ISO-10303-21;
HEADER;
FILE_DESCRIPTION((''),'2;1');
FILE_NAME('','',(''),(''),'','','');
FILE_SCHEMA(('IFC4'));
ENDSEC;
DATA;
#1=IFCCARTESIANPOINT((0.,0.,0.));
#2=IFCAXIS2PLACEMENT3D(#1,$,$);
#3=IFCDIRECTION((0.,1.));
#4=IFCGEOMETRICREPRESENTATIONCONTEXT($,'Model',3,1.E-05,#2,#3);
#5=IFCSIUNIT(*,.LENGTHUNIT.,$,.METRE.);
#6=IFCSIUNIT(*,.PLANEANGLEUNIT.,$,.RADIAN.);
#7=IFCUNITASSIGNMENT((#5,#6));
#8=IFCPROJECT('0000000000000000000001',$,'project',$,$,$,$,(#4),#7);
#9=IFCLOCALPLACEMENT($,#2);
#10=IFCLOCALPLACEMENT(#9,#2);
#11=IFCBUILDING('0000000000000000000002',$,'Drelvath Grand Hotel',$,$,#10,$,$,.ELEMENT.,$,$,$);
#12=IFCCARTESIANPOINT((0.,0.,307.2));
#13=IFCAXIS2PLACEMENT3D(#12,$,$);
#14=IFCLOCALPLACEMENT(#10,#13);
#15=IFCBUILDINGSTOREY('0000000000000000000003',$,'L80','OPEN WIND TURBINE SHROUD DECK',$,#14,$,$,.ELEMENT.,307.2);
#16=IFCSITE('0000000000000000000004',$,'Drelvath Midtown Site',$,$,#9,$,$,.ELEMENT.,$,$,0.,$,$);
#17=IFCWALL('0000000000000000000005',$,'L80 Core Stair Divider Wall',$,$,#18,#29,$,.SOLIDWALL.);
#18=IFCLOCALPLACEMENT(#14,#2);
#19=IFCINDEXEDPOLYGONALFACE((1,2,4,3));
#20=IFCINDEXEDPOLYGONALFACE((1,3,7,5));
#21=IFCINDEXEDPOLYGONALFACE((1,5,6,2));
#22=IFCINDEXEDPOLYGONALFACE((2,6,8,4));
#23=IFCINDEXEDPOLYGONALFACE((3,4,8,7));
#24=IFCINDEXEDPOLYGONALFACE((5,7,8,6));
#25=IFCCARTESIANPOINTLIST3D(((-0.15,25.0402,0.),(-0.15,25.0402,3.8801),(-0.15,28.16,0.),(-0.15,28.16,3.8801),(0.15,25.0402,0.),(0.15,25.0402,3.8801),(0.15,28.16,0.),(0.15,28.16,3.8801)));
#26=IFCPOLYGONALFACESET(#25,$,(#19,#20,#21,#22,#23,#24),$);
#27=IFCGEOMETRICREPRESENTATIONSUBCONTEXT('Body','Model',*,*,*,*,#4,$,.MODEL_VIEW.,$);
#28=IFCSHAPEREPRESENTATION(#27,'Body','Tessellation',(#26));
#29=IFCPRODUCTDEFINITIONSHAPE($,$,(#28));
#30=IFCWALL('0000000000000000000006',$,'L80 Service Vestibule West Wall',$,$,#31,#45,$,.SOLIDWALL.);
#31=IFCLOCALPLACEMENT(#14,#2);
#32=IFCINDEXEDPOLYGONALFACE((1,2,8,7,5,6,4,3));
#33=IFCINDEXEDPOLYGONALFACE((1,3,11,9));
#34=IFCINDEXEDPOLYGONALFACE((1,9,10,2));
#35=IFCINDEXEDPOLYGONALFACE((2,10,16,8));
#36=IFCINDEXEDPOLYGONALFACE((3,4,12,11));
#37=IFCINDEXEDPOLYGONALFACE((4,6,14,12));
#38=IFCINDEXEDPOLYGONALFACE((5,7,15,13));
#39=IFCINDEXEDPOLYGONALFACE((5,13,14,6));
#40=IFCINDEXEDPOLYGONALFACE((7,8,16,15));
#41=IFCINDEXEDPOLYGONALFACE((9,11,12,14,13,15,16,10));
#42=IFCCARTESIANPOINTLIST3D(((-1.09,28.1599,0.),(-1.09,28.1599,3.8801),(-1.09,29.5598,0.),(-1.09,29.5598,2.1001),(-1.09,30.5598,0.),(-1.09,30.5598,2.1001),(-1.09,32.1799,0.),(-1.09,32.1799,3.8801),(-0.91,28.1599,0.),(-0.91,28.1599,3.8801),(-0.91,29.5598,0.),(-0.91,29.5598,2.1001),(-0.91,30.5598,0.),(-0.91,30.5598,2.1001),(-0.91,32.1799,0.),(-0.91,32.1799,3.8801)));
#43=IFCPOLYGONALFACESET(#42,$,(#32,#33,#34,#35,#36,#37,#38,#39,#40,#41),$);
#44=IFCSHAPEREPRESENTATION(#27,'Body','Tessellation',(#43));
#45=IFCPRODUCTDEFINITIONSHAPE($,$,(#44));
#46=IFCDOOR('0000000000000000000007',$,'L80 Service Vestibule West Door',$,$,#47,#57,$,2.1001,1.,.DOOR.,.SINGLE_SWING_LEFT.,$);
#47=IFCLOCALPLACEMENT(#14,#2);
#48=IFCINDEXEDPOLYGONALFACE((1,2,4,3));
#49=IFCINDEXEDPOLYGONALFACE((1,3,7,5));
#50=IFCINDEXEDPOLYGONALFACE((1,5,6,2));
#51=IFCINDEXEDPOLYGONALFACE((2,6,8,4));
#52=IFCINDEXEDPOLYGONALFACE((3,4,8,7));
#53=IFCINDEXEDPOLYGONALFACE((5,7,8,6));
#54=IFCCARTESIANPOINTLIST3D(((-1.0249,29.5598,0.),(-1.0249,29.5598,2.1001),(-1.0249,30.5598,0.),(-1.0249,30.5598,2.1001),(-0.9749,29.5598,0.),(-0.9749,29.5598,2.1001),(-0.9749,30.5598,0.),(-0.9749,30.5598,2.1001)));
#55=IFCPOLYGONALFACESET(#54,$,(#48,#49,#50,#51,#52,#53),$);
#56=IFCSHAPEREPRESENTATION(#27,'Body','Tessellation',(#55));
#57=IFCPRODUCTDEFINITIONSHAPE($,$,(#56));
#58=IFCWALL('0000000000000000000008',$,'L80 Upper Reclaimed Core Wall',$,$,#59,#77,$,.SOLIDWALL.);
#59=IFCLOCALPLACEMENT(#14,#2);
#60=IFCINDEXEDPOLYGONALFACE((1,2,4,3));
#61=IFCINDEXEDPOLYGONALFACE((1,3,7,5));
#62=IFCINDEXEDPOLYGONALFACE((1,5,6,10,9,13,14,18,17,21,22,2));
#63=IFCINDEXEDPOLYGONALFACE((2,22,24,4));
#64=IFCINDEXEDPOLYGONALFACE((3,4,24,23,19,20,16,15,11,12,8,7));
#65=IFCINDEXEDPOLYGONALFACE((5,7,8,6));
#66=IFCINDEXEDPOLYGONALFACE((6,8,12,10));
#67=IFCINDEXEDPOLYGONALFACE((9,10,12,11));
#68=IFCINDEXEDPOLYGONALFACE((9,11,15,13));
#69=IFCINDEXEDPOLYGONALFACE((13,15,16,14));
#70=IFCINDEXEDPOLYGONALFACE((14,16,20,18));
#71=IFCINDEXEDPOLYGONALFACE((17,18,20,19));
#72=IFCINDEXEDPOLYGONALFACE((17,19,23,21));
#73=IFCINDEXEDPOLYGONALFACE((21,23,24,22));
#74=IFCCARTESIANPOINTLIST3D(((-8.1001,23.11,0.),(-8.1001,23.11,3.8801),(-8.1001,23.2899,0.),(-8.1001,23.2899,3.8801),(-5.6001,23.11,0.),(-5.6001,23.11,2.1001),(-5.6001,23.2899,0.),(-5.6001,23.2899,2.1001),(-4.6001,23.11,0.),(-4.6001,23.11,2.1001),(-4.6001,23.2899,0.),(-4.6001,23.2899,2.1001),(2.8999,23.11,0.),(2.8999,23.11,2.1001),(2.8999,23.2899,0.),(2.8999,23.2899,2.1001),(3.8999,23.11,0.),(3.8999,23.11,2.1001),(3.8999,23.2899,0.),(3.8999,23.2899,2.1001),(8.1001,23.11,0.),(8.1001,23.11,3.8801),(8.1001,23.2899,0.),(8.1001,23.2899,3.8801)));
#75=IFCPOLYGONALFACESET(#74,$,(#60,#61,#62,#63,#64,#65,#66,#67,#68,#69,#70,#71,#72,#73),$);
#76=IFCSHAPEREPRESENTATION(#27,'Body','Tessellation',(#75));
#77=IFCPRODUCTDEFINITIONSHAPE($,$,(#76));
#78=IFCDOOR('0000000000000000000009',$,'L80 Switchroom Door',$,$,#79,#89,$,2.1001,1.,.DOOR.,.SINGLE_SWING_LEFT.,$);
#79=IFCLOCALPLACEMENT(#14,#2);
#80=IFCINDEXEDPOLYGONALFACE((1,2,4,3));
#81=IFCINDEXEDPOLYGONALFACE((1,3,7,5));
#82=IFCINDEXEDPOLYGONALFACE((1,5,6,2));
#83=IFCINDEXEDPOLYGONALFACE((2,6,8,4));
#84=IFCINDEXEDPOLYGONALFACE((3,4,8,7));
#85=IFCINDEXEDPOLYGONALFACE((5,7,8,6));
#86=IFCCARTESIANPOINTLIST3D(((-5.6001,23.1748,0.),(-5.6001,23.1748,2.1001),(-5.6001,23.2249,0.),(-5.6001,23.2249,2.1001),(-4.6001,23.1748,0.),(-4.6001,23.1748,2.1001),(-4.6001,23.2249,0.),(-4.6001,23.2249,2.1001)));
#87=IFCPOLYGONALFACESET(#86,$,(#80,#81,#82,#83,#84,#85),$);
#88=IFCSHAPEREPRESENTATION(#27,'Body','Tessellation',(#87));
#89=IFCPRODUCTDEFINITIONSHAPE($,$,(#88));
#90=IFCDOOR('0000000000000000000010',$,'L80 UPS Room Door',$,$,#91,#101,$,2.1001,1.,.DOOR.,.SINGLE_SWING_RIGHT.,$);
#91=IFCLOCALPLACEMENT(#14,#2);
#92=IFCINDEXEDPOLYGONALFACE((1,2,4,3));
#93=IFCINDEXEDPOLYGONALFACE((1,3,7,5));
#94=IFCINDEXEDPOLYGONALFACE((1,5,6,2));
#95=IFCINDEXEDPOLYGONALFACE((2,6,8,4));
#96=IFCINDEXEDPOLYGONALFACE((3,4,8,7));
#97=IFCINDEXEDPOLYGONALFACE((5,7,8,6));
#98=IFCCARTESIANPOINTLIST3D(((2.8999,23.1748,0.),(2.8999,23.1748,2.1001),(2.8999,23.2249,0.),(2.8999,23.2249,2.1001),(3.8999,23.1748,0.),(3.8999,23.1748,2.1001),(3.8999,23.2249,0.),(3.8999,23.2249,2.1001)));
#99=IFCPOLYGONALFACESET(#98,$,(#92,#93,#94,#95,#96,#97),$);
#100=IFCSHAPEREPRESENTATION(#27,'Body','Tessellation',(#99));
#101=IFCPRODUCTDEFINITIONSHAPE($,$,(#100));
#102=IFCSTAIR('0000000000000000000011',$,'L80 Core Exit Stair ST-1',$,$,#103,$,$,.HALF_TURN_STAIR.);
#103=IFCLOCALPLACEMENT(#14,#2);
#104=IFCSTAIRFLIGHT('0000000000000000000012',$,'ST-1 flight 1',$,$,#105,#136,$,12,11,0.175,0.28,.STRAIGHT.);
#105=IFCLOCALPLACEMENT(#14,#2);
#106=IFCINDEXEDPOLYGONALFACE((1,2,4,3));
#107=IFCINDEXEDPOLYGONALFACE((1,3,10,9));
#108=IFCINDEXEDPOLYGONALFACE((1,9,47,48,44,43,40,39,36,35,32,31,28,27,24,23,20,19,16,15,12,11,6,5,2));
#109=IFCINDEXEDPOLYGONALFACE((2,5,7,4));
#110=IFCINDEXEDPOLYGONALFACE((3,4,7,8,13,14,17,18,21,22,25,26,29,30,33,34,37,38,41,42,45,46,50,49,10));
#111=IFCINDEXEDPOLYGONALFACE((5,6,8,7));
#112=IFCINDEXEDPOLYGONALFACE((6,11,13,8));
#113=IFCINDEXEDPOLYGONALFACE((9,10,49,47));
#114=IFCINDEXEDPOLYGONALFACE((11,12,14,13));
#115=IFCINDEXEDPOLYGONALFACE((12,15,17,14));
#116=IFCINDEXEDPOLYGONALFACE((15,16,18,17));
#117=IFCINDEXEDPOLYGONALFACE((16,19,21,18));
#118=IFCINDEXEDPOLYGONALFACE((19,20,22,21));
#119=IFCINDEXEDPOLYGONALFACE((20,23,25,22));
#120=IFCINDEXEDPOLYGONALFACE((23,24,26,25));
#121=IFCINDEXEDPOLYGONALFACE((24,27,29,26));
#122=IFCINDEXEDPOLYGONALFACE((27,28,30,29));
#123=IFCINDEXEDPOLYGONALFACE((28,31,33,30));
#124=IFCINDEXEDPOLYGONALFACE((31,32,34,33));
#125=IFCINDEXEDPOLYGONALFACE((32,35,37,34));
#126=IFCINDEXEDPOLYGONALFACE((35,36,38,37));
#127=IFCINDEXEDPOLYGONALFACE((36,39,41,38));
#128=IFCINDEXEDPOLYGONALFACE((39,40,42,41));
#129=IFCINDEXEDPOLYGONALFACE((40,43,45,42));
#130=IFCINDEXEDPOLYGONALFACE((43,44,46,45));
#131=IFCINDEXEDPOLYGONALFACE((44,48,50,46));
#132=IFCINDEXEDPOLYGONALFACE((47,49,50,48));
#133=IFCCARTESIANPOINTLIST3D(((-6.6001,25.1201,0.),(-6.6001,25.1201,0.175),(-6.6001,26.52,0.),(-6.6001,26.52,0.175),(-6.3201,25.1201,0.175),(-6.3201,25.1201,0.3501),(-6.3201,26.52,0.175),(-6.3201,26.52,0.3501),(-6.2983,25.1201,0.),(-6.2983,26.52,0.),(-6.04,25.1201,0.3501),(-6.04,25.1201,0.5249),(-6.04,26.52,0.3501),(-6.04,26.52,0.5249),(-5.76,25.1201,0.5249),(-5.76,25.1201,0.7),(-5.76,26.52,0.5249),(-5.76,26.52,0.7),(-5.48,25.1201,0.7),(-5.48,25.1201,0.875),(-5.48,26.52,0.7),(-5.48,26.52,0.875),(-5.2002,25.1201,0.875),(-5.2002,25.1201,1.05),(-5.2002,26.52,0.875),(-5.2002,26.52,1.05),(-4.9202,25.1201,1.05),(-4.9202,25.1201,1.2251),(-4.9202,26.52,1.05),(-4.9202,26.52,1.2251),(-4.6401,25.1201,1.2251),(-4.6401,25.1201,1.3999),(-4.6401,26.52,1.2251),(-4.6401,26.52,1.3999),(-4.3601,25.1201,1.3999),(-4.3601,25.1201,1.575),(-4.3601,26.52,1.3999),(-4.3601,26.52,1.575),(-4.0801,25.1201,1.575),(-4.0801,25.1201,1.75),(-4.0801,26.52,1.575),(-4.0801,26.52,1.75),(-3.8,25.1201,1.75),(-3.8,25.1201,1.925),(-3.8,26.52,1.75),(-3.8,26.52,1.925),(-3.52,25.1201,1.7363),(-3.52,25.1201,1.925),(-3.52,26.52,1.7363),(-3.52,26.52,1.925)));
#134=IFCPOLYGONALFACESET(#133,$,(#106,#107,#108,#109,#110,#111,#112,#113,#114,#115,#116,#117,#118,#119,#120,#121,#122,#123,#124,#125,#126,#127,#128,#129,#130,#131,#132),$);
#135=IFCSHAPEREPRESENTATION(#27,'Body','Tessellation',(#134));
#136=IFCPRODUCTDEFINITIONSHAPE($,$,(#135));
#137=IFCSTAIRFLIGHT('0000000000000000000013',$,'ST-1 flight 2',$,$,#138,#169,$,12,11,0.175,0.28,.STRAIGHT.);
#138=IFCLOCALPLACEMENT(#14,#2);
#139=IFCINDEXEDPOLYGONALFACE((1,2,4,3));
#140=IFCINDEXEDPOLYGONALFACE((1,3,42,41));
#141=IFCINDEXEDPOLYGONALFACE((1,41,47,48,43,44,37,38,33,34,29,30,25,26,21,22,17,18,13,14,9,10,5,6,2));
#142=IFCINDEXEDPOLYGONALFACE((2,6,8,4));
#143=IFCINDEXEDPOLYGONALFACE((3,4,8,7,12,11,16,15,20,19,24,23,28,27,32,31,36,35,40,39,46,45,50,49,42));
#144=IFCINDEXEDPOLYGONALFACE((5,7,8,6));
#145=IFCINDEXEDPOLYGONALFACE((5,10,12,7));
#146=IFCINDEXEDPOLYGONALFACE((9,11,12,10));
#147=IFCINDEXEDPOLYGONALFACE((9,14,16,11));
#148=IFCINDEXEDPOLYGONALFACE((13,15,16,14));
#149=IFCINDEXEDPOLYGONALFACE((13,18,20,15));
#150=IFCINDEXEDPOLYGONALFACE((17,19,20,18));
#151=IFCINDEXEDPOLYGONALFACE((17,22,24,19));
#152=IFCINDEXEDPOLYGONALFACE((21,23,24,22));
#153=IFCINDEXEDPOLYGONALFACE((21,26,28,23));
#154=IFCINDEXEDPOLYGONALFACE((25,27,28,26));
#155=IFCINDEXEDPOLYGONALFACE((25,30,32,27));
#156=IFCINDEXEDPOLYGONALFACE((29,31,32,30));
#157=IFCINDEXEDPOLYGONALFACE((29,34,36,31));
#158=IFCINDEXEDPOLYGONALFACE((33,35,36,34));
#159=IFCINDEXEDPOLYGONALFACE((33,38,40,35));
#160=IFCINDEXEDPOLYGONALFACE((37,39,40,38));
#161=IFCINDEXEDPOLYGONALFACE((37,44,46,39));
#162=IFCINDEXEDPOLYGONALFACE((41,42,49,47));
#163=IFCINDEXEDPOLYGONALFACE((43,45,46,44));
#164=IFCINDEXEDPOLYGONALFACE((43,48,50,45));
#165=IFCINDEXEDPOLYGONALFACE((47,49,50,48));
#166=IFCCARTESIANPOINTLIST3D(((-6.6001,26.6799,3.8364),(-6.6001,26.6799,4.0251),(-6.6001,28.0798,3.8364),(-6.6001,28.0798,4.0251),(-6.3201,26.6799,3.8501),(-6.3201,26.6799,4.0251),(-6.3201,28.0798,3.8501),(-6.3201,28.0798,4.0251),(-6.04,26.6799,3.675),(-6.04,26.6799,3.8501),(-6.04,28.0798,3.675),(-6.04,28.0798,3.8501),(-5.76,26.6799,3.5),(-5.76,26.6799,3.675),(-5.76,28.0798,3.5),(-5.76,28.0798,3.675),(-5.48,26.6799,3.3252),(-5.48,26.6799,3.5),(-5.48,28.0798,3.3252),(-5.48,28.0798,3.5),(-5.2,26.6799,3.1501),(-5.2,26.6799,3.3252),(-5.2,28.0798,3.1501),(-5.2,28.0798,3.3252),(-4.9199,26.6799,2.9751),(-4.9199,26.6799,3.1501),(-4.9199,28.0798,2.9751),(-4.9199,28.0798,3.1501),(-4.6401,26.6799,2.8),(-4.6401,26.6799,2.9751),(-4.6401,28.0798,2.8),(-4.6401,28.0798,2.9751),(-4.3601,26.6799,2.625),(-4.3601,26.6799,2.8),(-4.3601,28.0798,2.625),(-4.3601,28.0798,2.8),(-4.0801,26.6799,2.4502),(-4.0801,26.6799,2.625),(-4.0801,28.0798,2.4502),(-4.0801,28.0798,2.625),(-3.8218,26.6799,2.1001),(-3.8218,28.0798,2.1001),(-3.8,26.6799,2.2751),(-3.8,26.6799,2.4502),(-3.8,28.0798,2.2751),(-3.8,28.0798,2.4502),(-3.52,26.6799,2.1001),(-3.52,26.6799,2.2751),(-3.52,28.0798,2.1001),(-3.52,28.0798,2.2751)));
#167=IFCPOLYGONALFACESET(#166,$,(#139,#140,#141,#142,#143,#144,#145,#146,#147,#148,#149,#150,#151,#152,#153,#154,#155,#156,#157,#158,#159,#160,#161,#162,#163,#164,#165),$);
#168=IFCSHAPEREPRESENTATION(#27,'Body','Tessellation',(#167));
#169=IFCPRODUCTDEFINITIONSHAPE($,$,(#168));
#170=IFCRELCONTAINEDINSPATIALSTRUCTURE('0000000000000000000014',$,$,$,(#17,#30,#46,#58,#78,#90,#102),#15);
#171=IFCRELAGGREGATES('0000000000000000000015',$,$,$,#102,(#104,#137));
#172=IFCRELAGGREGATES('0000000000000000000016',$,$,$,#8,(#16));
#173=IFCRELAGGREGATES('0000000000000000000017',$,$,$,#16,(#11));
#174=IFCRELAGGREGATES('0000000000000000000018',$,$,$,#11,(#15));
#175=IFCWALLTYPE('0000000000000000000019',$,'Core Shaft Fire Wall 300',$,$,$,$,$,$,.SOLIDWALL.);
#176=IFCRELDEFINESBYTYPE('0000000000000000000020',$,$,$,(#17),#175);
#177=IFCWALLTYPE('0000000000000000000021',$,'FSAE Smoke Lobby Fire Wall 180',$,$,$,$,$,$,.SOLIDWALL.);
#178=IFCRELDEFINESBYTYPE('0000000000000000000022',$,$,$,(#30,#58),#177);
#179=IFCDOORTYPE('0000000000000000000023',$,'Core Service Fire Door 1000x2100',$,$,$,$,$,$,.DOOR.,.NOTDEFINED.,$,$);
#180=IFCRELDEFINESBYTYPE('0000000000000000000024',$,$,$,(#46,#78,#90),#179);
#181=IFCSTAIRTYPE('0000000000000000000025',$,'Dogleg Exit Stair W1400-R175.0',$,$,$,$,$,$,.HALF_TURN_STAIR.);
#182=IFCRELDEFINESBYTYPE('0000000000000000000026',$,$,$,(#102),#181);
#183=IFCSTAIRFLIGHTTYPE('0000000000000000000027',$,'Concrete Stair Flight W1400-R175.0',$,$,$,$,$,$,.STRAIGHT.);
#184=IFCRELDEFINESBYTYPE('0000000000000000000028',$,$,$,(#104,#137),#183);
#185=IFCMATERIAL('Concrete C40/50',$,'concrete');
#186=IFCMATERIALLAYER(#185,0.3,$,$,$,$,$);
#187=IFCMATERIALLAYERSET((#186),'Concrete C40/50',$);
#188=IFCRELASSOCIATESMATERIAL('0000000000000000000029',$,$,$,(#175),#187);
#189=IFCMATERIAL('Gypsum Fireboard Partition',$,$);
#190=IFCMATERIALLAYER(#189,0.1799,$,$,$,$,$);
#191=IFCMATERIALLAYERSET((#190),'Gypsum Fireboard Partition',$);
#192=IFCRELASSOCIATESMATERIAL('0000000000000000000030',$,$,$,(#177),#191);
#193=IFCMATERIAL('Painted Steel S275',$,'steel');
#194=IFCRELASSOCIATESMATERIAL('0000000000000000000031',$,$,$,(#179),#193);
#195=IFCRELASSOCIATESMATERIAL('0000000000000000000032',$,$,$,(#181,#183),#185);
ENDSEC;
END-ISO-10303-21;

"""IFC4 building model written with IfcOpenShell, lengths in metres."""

from ifc_helpers import new_model, si_unit, direction, frame, frame_2d, origin, place, context, subcontext, project, spatial, polyline, rectangle, outline, extrude, material, layer, layer_set, type_object, element, fill, aggregate, save


model = new_model("IFC4")

# Units and contexts
model_context = context("Model", 3, precision=1e-05, world=origin(), true_north=direction((0.0, 1.0)))
body_context = subcontext(model_context, "Body", "Model", "MODEL_VIEW")
ifc_project = project(units=[si_unit("LENGTHUNIT", "METRE"), si_unit("PLANEANGLEUNIT", "RADIAN")], contexts=[model_context])

# Site, building, storey
site_placement = place(None, origin())
site = spatial("IfcSite", under=ifc_project, at=site_placement, Name="Drelvath Midtown Site", CompositionType="ELEMENT", RefElevation=0.0)
building_placement = place(site_placement, origin())
building = spatial("IfcBuilding", under=site, at=building_placement, Name="Drelvath Grand Hotel", CompositionType="ELEMENT")
storey_placement = place(building_placement, frame((0.0, 0.0, 307.2)))
storey = spatial("IfcBuildingStorey", under=building, at=storey_placement, Name="L80", Description="OPEN WIND TURBINE SHROUD DECK", CompositionType="ELEMENT", Elevation=307.2)

# Shared definitions
ifc_material_1 = material(Name="Concrete C40/50", Category="concrete")

# Shared definitions
ifc_material_2 = material(Name="Painted Steel S275", Category="steel")

# Wall
ifc_layer_1 = layer(ifc_material_1, 0.3)
ifc_layer_set_1 = layer_set([ifc_layer_1], Name="Concrete C40/50")
wall_type_1 = type_object("IfcWallType", Name="Core Shaft Fire Wall 300", PredefinedType="SOLIDWALL", material=ifc_layer_set_1)
wall_1_placement = place(storey_placement, frame((0.0, 25.04, 0.0), z_axis=(0.0, 0.0, 1.0), x_axis=(0.0, 1.0, 0.0)))
element("IfcWall", 1, at=wall_1_placement, inside=storey, type_object=wall_type_1, Name="L80 Core Stair Divider Wall", PredefinedType="SOLIDWALL", context=body_context, shape_type="SweptSolid", body=[
    extrude(rectangle(XDim=3.1199, YDim=0.3, at=frame_2d((1.5601, 0.0))), origin(), (0.0, 0.0, 1.0), 3.8801),
])

# Wall, opening, door
ifc_material_3 = material(Name="Gypsum Fireboard Partition")
ifc_layer_2 = layer(ifc_material_3, 0.1799)
ifc_layer_set_2 = layer_set([ifc_layer_2], Name="Gypsum Fireboard Partition")
wall_type_2 = type_object("IfcWallType", Name="FSAE Smoke Lobby Fire Wall 180", PredefinedType="SOLIDWALL", material=ifc_layer_set_2)
wall_2_placement = place(storey_placement, frame((-1.0, 28.1599, 0.0), z_axis=(0.0, 0.0, 1.0), x_axis=(0.0, 1.0, 0.0)))
wall_2 = element("IfcWall", 2, at=wall_2_placement, inside=storey, type_object=wall_type_2, Name="L80 Service Vestibule West Wall", PredefinedType="SOLIDWALL", context=body_context, shape_type="SweptSolid", body=[
    extrude(rectangle(XDim=4.02, YDim=0.1799, at=frame_2d((2.01, 0.0))), origin(), (0.0, 0.0, 1.0), 3.8801),
])
opening_1_placement = place(wall_2_placement, frame((1.3999, 0.0, 0.0)))
opening_1 = element("IfcOpeningElement", 3, at=opening_1_placement, cuts=wall_2, PredefinedType="OPENING", context=body_context, shape_type="SweptSolid", body=[
    extrude(rectangle(XDim=1.0, YDim=2.1001, at=frame_2d((0.5, 1.05))), frame((0.0, 0.0999, 0.0), z_axis=(0.0, -1.0, 0.0), x_axis=(1.0, 0.0, 0.0)), (0.0, 0.0, 1.0), 0.2),
])
door_type_1 = type_object("IfcDoorType", Name="Core Service Fire Door 1000x2100", OperationType="NOTDEFINED", PredefinedType="DOOR", material=ifc_material_2)
door_1_placement = place(opening_1_placement, origin())
door_1 = element("IfcDoor", 4, at=door_1_placement, inside=storey, type_object=door_type_1, Name="L80 Service Vestibule West Door", OperationType="SINGLE_SWING_LEFT", OverallHeight=2.1001, OverallWidth=1.0, PredefinedType="DOOR", context=body_context, shape_type="SweptSolid", body=[
    extrude(rectangle(XDim=1.0, YDim=2.1001, at=frame_2d((0.5, 1.05))), frame((0.0, 0.0249, 0.0), z_axis=(0.0, -1.0, 0.0), x_axis=(1.0, 0.0, 0.0)), (0.0, 0.0, 1.0), 0.05),
])
fill(opening_1, door_1)

# Wall, openings, doors
wall_3_placement = place(storey_placement, frame((-8.1001, 23.2, 0.0), z_axis=(0.0, 0.0, 1.0), x_axis=(1.0, 0.0, 0.0)))
wall_3 = element("IfcWall", 5, at=wall_3_placement, inside=storey, type_object=wall_type_2, Name="L80 Upper Reclaimed Core Wall", PredefinedType="SOLIDWALL", context=body_context, shape_type="SweptSolid", body=[
    extrude(rectangle(XDim=16.2002, YDim=0.1799, at=frame_2d((8.1001, 0.0))), origin(), (0.0, 0.0, 1.0), 3.8801),
])
opening_2_placement = place(wall_3_placement, frame((2.5, 0.0, 0.0)))
opening_2 = element("IfcOpeningElement", 6, at=opening_2_placement, cuts=wall_3, PredefinedType="OPENING", context=body_context, shape_type="SweptSolid", body=[
    extrude(rectangle(XDim=1.0, YDim=2.1001, at=frame_2d((0.5, 1.05))), frame((0.0, 0.0999, 0.0), z_axis=(0.0, -1.0, 0.0), x_axis=(1.0, 0.0, 0.0)), (0.0, 0.0, 1.0), 0.2),
])
opening_3_placement = place(wall_3_placement, frame((11.0, 0.0, 0.0)))
opening_3 = element("IfcOpeningElement", 7, at=opening_3_placement, cuts=wall_3, PredefinedType="OPENING", context=body_context, shape_type="SweptSolid", body=[
    extrude(rectangle(XDim=1.0, YDim=2.1001, at=frame_2d((0.5, 1.05))), frame((0.0, 0.0999, 0.0), z_axis=(0.0, -1.0, 0.0), x_axis=(1.0, 0.0, 0.0)), (0.0, 0.0, 1.0), 0.2),
])
door_2_placement = place(opening_2_placement, origin())
door_2 = element("IfcDoor", 8, at=door_2_placement, inside=storey, type_object=door_type_1, Name="L80 Switchroom Door", OperationType="SINGLE_SWING_LEFT", OverallHeight=2.1001, OverallWidth=1.0, PredefinedType="DOOR", context=body_context, shape_type="SweptSolid", body=[
    extrude(rectangle(XDim=1.0, YDim=2.1001, at=frame_2d((0.5, 1.05))), frame((0.0, 0.0249, 0.0), z_axis=(0.0, -1.0, 0.0), x_axis=(1.0, 0.0, 0.0)), (0.0, 0.0, 1.0), 0.05),
])
fill(opening_2, door_2)
door_3_placement = place(opening_3_placement, origin())
door_3 = element("IfcDoor", 9, at=door_3_placement, inside=storey, type_object=door_type_1, Name="L80 UPS Room Door", OperationType="SINGLE_SWING_RIGHT", OverallHeight=2.1001, OverallWidth=1.0, PredefinedType="DOOR", context=body_context, shape_type="SweptSolid", body=[
    extrude(rectangle(XDim=1.0, YDim=2.1001, at=frame_2d((0.5, 1.05))), frame((0.0, 0.0249, 0.0), z_axis=(0.0, -1.0, 0.0), x_axis=(1.0, 0.0, 0.0)), (0.0, 0.0, 1.0), 0.05),
])
fill(opening_3, door_3)

# Stair, stair flights
stair_type = type_object("IfcStairType", Name="Dogleg Exit Stair W1400-R175.0", PredefinedType="HALF_TURN_STAIR", material=ifc_material_1)
stair_placement = place(storey_placement, origin())
stair = element("IfcStair", 10, at=stair_placement, inside=storey, type_object=stair_type, Name="L80 Core Exit Stair ST-1", PredefinedType="HALF_TURN_STAIR")
stair_flight_type = type_object("IfcStairFlightType", Name="Concrete Stair Flight W1400-R175.0", PredefinedType="STRAIGHT", material=ifc_material_1)
stair_flight_1_placement = place(storey_placement, frame((-6.6001, 25.8201, 0.0), z_axis=(0.0, 0.0, 1.0), x_axis=(1.0, 0.0, 0.0)))
stair_flight_1 = element("IfcStairFlight", 11, at=stair_flight_1_placement, type_object=stair_flight_type, Name="ST-1 flight 1", NumberOfRisers=12, NumberOfTreads=11, PredefinedType="STRAIGHT", RiserHeight=0.175, TreadLength=0.28, context=body_context, shape_type="SweptSolid", body=[
    extrude(outline(polyline([(0.0, 0.0), (0.0, 0.175), (0.28, 0.175), (0.28, 0.3501), (0.5601, 0.3501), (0.5601, 0.5249), (0.8401, 0.5249), (0.8401, 0.7), (1.1201, 0.7), (1.1201, 0.875), (1.3999, 0.875), (1.3999, 1.05), (1.6799, 1.05), (1.6799, 1.2251), (1.96, 1.2251), (1.96, 1.3999), (2.24, 1.3999), (2.24, 1.575), (2.52, 1.575), (2.52, 1.75), (2.8, 1.75), (2.8, 1.925), (3.0801, 1.925), (3.0801, 2.1001), (3.0801, 1.7363), (0.3018, 0.0), (0.0, 0.0)])), frame((0.0, 0.7, 0.0), z_axis=(0.0, -1.0, 0.0), x_axis=(1.0, 0.0, 0.0)), (0.0, 0.0, 1.0), 1.3999),
])
stair_flight_2_placement = place(storey_placement, frame((-3.52, 27.3799, 2.1001), z_axis=(0.0, 0.0, 1.0), x_axis=(-1.0, 0.0, 0.0)))
stair_flight_2 = element("IfcStairFlight", 12, at=stair_flight_2_placement, type_object=stair_flight_type, Name="ST-1 flight 2", NumberOfRisers=12, NumberOfTreads=11, PredefinedType="STRAIGHT", RiserHeight=0.175, TreadLength=0.28, context=body_context, shape_type="SweptSolid", body=[
    extrude(outline(polyline([(0.0, 0.0), (0.0, 0.175), (0.28, 0.175), (0.28, 0.3501), (0.5601, 0.3501), (0.5601, 0.5249), (0.8401, 0.5249), (0.8401, 0.7), (1.1201, 0.7), (1.1201, 0.875), (1.3999, 0.875), (1.3999, 1.05), (1.6799, 1.05), (1.6799, 1.2251), (1.96, 1.2251), (1.96, 1.3999), (2.24, 1.3999), (2.24, 1.575), (2.52, 1.575), (2.52, 1.75), (2.8, 1.75), (2.8, 1.925), (3.0801, 1.925), (3.0801, 2.1001), (3.0801, 1.7363), (0.3018, 0.0), (0.0, 0.0)])), frame((0.0, 0.7, 0.0), z_axis=(0.0, -1.0, 0.0), x_axis=(1.0, 0.0, 0.0)), (0.0, 0.0, 1.0), 1.3999),
])
aggregate(stair, [stair_flight_1, stair_flight_2])

save(model, "model.ifc")
